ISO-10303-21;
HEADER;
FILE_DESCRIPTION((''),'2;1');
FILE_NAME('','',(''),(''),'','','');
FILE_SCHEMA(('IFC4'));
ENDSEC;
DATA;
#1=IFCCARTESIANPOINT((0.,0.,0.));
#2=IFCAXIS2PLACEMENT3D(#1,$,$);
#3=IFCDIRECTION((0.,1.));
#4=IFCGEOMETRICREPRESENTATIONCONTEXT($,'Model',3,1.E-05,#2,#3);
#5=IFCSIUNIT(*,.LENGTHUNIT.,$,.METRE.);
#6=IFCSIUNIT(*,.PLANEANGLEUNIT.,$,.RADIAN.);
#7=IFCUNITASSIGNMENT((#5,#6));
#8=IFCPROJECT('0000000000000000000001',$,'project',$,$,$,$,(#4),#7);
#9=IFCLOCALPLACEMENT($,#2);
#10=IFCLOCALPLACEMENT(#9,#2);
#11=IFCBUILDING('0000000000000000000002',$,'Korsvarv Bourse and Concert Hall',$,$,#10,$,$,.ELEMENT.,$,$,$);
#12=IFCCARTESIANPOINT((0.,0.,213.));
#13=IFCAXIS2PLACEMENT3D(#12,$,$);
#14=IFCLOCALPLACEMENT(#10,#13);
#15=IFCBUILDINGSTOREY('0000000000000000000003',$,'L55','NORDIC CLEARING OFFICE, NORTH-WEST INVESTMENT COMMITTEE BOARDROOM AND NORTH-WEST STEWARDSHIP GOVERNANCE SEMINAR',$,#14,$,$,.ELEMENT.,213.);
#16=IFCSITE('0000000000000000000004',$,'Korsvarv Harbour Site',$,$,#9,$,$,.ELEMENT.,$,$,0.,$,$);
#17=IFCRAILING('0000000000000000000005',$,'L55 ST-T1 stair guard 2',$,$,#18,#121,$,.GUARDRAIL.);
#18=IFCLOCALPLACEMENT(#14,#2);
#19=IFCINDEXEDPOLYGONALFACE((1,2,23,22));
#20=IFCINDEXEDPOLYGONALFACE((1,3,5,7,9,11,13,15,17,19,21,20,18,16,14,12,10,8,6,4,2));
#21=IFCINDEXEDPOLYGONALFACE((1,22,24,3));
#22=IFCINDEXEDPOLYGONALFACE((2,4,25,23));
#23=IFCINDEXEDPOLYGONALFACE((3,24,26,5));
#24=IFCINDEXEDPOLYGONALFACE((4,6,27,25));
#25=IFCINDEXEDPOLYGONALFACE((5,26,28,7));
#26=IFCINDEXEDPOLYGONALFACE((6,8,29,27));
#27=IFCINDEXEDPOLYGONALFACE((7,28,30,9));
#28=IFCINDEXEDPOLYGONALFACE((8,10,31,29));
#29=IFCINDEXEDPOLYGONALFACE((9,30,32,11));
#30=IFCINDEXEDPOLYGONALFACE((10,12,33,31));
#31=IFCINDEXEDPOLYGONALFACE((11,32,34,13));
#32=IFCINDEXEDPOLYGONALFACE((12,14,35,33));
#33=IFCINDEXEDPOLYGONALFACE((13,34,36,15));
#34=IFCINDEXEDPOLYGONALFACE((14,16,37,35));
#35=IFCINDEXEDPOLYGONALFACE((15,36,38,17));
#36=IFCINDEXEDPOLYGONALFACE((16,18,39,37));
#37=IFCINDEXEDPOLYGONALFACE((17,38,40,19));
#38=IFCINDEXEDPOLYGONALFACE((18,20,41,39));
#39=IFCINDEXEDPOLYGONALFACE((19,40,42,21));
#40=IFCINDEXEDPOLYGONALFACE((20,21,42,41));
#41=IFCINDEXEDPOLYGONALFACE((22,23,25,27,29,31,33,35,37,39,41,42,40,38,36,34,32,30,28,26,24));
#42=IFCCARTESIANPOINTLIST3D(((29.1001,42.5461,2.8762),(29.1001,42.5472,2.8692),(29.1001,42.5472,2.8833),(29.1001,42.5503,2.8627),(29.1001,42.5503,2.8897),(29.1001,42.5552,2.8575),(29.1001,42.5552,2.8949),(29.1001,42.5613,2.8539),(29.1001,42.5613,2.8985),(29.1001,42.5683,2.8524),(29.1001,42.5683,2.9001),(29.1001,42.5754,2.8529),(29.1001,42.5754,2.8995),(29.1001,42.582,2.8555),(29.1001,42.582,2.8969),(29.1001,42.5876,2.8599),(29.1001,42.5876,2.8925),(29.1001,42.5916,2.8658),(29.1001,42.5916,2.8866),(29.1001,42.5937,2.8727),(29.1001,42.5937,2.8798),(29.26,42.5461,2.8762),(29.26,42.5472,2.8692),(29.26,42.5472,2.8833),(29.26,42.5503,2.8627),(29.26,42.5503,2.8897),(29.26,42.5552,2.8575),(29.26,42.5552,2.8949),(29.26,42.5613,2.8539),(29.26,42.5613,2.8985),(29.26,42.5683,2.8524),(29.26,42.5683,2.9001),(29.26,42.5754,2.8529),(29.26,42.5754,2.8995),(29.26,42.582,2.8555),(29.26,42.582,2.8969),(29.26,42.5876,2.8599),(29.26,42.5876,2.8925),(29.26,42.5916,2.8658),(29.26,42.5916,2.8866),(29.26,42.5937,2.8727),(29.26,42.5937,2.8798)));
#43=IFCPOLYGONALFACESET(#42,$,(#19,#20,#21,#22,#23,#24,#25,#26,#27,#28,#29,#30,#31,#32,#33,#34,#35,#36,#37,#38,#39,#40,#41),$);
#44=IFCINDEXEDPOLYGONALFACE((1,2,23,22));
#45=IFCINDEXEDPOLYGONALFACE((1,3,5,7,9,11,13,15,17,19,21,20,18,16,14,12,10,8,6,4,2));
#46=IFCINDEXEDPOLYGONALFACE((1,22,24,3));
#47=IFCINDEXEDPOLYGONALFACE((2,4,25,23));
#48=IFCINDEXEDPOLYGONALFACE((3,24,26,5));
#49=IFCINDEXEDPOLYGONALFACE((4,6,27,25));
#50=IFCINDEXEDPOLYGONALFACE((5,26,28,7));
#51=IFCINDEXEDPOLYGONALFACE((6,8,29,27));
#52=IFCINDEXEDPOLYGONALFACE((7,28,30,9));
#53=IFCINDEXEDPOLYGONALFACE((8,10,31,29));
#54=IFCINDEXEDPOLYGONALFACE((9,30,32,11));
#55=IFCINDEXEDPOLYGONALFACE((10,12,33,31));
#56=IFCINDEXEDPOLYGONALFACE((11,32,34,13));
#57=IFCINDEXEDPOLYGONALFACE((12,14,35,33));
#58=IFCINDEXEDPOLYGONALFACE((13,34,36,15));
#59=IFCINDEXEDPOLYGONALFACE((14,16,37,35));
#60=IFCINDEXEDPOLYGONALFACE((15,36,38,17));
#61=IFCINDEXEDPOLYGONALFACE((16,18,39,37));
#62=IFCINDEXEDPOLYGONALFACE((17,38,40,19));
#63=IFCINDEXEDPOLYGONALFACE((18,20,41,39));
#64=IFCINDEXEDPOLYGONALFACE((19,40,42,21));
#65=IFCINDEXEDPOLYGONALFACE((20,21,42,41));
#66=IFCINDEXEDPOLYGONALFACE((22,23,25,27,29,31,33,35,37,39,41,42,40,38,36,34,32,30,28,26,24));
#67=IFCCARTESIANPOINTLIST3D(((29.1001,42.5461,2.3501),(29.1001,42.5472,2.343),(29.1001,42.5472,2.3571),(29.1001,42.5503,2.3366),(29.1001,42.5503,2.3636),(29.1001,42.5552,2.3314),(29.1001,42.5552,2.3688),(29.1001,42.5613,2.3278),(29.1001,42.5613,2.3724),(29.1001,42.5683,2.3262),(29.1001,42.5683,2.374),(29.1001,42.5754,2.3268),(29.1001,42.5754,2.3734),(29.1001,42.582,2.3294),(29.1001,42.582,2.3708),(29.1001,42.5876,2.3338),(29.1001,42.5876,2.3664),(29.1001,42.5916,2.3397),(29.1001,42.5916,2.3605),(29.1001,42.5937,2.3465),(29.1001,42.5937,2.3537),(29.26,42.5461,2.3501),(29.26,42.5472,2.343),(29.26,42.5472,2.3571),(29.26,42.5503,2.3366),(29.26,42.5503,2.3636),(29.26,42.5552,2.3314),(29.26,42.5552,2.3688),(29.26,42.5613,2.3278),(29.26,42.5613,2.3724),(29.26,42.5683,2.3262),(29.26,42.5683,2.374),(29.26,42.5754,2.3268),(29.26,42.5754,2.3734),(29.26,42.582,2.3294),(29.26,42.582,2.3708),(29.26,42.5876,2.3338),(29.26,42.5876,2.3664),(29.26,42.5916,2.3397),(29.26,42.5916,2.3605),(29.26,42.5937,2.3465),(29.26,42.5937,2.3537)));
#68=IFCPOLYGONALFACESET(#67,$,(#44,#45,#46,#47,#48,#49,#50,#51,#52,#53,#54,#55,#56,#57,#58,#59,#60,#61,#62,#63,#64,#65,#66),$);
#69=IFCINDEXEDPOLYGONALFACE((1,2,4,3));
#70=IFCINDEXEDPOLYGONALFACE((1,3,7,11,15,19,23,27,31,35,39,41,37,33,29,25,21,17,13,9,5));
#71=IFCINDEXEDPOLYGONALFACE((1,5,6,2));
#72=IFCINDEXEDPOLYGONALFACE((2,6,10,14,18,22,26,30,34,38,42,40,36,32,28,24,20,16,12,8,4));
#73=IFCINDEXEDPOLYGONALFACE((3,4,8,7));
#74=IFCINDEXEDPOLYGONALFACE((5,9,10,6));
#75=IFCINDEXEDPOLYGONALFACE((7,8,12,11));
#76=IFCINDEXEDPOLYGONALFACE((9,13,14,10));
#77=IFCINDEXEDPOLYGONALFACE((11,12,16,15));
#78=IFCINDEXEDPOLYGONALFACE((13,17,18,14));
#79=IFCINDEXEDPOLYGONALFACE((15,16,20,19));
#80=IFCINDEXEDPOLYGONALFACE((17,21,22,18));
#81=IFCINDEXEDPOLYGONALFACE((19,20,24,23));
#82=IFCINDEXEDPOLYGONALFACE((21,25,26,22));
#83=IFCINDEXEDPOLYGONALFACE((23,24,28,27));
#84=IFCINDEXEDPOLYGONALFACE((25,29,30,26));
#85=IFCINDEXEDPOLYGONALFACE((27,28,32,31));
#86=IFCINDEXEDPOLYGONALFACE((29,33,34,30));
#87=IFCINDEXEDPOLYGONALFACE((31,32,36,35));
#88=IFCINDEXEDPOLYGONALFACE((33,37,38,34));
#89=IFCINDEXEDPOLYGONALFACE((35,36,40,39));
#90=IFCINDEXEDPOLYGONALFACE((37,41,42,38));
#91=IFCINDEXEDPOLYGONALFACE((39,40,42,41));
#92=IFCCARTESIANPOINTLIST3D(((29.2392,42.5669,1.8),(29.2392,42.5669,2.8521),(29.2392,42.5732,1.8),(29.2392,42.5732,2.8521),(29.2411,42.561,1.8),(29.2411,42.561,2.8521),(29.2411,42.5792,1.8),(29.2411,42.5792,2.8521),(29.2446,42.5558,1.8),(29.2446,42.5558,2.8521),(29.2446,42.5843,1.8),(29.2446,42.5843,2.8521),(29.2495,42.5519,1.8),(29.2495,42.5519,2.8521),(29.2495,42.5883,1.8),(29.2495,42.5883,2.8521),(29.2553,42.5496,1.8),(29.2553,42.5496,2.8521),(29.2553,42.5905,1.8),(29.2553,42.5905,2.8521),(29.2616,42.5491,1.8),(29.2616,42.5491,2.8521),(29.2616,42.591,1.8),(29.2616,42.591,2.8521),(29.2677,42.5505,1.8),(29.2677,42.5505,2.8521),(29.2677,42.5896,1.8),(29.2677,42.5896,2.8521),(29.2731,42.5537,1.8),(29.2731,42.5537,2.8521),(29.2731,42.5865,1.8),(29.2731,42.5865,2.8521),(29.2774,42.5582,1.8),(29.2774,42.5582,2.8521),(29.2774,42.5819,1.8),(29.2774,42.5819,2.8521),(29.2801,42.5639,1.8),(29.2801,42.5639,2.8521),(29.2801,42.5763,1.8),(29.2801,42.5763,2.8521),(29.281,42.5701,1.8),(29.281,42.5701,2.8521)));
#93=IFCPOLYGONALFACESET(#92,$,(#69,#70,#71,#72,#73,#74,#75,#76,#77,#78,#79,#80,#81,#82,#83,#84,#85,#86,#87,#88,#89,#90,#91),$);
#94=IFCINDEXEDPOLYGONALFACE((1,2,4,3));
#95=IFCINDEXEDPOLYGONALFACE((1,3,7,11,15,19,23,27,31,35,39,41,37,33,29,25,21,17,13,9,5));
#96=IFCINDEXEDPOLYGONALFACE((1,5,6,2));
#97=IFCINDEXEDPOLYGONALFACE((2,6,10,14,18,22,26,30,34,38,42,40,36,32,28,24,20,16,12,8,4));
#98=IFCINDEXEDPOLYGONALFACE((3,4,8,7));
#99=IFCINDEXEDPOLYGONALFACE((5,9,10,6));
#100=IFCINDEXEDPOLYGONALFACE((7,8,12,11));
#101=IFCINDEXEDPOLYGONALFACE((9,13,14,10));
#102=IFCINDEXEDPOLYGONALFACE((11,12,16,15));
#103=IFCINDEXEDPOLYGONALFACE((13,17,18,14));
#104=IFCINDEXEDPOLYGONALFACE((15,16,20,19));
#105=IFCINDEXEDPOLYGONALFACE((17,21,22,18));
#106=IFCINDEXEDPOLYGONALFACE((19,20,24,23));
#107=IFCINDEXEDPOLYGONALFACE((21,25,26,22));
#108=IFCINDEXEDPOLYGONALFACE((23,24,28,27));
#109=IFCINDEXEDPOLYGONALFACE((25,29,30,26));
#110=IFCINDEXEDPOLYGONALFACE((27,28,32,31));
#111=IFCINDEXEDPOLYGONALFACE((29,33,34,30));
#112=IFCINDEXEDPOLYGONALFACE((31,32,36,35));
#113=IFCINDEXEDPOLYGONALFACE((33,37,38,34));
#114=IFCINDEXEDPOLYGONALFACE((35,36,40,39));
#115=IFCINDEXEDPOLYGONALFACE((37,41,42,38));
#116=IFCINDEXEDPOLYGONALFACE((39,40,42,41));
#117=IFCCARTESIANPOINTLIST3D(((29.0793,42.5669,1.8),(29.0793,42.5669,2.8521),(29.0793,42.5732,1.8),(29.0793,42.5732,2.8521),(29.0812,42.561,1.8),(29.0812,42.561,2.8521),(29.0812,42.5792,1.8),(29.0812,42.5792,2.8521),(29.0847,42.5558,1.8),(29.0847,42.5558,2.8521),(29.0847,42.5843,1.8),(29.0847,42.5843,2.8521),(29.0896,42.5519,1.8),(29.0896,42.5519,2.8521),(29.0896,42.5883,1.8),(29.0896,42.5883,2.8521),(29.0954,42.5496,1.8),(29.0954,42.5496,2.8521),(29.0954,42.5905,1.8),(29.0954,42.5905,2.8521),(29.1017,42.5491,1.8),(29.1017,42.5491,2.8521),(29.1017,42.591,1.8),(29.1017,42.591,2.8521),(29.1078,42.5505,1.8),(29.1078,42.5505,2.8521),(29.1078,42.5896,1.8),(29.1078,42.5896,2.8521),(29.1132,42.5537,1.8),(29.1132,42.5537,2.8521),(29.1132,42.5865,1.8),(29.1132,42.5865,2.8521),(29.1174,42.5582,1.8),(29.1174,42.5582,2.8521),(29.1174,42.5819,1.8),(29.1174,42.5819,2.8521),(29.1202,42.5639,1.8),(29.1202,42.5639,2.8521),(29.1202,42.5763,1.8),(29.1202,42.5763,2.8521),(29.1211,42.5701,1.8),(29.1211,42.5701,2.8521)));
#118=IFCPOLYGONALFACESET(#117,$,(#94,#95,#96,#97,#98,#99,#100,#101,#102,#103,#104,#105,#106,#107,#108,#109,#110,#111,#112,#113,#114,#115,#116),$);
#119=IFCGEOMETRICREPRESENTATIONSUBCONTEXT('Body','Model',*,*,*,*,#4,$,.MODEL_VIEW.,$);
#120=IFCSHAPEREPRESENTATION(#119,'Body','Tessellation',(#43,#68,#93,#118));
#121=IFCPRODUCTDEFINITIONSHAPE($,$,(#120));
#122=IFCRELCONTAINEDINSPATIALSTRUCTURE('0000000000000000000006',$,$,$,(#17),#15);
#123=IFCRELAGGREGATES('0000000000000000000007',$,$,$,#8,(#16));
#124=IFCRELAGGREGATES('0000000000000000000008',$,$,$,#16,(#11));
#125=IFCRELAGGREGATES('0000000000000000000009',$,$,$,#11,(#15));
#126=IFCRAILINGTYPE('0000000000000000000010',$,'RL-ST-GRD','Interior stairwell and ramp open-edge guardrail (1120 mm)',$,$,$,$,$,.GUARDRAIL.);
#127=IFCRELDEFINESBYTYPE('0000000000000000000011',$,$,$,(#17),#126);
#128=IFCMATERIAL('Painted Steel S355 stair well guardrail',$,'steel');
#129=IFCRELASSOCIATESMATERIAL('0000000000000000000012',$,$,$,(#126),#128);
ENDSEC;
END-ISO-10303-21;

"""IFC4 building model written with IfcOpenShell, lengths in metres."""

from ifc_helpers import new_model, si_unit, direction, frame, origin, origin_2d, place, context, subcontext, project, spatial, circle, extrude, material, type_object, element, save


model = new_model("IFC4")

# Units and contexts
model_context = context("Model", 3, precision=1e-05, world=origin(), true_north=direction((0.0, 1.0)))
body_context = subcontext(model_context, "Body", "Model", "MODEL_VIEW")
ifc_project = project(units=[si_unit("LENGTHUNIT", "METRE"), si_unit("PLANEANGLEUNIT", "RADIAN")], contexts=[model_context])

# Site, building, storey
site_placement = place(None, origin())
site = spatial("IfcSite", under=ifc_project, at=site_placement, Name="Korsvarv Harbour Site", CompositionType="ELEMENT", RefElevation=0.0)
building_placement = place(site_placement, origin())
building = spatial("IfcBuilding", under=site, at=building_placement, Name="Korsvarv Bourse and Concert Hall", CompositionType="ELEMENT")
storey_placement = place(building_placement, frame((0.0, 0.0, 213.0)))
storey = spatial("IfcBuildingStorey", under=building, at=storey_placement, Name="L55", Description="NORDIC CLEARING OFFICE, NORTH-WEST INVESTMENT COMMITTEE BOARDROOM AND NORTH-WEST STEWARDSHIP GOVERNANCE SEMINAR", CompositionType="ELEMENT", Elevation=213.0)

# Railing
ifc_material_1 = material(Name="Painted Steel S355 stair well guardrail", Category="steel")
railing_type = type_object("IfcRailingType", Name="RL-ST-GRD", Description="Interior stairwell and ramp open-edge guardrail (1120 mm)", PredefinedType="GUARDRAIL", material=ifc_material_1)
railing_1_placement = place(storey_placement, frame((29.26, 42.5701, 1.8)))
element("IfcRailing", 1, at=railing_1_placement, inside=storey, type_object=railing_type, Name="L55 ST-T1 stair guard 2", PredefinedType="GUARDRAIL", context=body_context, shape_type="SweptSolid", body=[
    extrude(circle(Radius=0.0239, at=origin_2d()), frame((0.0, 0.0, 1.0762), z_axis=(-1.0, 0.0, 0.0), x_axis=(0.0, -1.0, 0.0)), (0.0, 0.0, 1.0), 0.1599),
    extrude(circle(Radius=0.0239, at=origin_2d()), frame((0.0, 0.0, 0.55), z_axis=(-1.0, 0.0, 0.0), x_axis=(0.0, -1.0, 0.0)), (0.0, 0.0, 1.0), 0.1599),
    extrude(circle(Radius=0.021, at=origin_2d()), origin(), (0.0, 0.0, 1.0), 1.052),
    extrude(circle(Radius=0.021, at=origin_2d()), frame((-0.1599, 0.0, 0.0)), (0.0, 0.0, 1.0), 1.052),
])

save(model, "model.ifc")
